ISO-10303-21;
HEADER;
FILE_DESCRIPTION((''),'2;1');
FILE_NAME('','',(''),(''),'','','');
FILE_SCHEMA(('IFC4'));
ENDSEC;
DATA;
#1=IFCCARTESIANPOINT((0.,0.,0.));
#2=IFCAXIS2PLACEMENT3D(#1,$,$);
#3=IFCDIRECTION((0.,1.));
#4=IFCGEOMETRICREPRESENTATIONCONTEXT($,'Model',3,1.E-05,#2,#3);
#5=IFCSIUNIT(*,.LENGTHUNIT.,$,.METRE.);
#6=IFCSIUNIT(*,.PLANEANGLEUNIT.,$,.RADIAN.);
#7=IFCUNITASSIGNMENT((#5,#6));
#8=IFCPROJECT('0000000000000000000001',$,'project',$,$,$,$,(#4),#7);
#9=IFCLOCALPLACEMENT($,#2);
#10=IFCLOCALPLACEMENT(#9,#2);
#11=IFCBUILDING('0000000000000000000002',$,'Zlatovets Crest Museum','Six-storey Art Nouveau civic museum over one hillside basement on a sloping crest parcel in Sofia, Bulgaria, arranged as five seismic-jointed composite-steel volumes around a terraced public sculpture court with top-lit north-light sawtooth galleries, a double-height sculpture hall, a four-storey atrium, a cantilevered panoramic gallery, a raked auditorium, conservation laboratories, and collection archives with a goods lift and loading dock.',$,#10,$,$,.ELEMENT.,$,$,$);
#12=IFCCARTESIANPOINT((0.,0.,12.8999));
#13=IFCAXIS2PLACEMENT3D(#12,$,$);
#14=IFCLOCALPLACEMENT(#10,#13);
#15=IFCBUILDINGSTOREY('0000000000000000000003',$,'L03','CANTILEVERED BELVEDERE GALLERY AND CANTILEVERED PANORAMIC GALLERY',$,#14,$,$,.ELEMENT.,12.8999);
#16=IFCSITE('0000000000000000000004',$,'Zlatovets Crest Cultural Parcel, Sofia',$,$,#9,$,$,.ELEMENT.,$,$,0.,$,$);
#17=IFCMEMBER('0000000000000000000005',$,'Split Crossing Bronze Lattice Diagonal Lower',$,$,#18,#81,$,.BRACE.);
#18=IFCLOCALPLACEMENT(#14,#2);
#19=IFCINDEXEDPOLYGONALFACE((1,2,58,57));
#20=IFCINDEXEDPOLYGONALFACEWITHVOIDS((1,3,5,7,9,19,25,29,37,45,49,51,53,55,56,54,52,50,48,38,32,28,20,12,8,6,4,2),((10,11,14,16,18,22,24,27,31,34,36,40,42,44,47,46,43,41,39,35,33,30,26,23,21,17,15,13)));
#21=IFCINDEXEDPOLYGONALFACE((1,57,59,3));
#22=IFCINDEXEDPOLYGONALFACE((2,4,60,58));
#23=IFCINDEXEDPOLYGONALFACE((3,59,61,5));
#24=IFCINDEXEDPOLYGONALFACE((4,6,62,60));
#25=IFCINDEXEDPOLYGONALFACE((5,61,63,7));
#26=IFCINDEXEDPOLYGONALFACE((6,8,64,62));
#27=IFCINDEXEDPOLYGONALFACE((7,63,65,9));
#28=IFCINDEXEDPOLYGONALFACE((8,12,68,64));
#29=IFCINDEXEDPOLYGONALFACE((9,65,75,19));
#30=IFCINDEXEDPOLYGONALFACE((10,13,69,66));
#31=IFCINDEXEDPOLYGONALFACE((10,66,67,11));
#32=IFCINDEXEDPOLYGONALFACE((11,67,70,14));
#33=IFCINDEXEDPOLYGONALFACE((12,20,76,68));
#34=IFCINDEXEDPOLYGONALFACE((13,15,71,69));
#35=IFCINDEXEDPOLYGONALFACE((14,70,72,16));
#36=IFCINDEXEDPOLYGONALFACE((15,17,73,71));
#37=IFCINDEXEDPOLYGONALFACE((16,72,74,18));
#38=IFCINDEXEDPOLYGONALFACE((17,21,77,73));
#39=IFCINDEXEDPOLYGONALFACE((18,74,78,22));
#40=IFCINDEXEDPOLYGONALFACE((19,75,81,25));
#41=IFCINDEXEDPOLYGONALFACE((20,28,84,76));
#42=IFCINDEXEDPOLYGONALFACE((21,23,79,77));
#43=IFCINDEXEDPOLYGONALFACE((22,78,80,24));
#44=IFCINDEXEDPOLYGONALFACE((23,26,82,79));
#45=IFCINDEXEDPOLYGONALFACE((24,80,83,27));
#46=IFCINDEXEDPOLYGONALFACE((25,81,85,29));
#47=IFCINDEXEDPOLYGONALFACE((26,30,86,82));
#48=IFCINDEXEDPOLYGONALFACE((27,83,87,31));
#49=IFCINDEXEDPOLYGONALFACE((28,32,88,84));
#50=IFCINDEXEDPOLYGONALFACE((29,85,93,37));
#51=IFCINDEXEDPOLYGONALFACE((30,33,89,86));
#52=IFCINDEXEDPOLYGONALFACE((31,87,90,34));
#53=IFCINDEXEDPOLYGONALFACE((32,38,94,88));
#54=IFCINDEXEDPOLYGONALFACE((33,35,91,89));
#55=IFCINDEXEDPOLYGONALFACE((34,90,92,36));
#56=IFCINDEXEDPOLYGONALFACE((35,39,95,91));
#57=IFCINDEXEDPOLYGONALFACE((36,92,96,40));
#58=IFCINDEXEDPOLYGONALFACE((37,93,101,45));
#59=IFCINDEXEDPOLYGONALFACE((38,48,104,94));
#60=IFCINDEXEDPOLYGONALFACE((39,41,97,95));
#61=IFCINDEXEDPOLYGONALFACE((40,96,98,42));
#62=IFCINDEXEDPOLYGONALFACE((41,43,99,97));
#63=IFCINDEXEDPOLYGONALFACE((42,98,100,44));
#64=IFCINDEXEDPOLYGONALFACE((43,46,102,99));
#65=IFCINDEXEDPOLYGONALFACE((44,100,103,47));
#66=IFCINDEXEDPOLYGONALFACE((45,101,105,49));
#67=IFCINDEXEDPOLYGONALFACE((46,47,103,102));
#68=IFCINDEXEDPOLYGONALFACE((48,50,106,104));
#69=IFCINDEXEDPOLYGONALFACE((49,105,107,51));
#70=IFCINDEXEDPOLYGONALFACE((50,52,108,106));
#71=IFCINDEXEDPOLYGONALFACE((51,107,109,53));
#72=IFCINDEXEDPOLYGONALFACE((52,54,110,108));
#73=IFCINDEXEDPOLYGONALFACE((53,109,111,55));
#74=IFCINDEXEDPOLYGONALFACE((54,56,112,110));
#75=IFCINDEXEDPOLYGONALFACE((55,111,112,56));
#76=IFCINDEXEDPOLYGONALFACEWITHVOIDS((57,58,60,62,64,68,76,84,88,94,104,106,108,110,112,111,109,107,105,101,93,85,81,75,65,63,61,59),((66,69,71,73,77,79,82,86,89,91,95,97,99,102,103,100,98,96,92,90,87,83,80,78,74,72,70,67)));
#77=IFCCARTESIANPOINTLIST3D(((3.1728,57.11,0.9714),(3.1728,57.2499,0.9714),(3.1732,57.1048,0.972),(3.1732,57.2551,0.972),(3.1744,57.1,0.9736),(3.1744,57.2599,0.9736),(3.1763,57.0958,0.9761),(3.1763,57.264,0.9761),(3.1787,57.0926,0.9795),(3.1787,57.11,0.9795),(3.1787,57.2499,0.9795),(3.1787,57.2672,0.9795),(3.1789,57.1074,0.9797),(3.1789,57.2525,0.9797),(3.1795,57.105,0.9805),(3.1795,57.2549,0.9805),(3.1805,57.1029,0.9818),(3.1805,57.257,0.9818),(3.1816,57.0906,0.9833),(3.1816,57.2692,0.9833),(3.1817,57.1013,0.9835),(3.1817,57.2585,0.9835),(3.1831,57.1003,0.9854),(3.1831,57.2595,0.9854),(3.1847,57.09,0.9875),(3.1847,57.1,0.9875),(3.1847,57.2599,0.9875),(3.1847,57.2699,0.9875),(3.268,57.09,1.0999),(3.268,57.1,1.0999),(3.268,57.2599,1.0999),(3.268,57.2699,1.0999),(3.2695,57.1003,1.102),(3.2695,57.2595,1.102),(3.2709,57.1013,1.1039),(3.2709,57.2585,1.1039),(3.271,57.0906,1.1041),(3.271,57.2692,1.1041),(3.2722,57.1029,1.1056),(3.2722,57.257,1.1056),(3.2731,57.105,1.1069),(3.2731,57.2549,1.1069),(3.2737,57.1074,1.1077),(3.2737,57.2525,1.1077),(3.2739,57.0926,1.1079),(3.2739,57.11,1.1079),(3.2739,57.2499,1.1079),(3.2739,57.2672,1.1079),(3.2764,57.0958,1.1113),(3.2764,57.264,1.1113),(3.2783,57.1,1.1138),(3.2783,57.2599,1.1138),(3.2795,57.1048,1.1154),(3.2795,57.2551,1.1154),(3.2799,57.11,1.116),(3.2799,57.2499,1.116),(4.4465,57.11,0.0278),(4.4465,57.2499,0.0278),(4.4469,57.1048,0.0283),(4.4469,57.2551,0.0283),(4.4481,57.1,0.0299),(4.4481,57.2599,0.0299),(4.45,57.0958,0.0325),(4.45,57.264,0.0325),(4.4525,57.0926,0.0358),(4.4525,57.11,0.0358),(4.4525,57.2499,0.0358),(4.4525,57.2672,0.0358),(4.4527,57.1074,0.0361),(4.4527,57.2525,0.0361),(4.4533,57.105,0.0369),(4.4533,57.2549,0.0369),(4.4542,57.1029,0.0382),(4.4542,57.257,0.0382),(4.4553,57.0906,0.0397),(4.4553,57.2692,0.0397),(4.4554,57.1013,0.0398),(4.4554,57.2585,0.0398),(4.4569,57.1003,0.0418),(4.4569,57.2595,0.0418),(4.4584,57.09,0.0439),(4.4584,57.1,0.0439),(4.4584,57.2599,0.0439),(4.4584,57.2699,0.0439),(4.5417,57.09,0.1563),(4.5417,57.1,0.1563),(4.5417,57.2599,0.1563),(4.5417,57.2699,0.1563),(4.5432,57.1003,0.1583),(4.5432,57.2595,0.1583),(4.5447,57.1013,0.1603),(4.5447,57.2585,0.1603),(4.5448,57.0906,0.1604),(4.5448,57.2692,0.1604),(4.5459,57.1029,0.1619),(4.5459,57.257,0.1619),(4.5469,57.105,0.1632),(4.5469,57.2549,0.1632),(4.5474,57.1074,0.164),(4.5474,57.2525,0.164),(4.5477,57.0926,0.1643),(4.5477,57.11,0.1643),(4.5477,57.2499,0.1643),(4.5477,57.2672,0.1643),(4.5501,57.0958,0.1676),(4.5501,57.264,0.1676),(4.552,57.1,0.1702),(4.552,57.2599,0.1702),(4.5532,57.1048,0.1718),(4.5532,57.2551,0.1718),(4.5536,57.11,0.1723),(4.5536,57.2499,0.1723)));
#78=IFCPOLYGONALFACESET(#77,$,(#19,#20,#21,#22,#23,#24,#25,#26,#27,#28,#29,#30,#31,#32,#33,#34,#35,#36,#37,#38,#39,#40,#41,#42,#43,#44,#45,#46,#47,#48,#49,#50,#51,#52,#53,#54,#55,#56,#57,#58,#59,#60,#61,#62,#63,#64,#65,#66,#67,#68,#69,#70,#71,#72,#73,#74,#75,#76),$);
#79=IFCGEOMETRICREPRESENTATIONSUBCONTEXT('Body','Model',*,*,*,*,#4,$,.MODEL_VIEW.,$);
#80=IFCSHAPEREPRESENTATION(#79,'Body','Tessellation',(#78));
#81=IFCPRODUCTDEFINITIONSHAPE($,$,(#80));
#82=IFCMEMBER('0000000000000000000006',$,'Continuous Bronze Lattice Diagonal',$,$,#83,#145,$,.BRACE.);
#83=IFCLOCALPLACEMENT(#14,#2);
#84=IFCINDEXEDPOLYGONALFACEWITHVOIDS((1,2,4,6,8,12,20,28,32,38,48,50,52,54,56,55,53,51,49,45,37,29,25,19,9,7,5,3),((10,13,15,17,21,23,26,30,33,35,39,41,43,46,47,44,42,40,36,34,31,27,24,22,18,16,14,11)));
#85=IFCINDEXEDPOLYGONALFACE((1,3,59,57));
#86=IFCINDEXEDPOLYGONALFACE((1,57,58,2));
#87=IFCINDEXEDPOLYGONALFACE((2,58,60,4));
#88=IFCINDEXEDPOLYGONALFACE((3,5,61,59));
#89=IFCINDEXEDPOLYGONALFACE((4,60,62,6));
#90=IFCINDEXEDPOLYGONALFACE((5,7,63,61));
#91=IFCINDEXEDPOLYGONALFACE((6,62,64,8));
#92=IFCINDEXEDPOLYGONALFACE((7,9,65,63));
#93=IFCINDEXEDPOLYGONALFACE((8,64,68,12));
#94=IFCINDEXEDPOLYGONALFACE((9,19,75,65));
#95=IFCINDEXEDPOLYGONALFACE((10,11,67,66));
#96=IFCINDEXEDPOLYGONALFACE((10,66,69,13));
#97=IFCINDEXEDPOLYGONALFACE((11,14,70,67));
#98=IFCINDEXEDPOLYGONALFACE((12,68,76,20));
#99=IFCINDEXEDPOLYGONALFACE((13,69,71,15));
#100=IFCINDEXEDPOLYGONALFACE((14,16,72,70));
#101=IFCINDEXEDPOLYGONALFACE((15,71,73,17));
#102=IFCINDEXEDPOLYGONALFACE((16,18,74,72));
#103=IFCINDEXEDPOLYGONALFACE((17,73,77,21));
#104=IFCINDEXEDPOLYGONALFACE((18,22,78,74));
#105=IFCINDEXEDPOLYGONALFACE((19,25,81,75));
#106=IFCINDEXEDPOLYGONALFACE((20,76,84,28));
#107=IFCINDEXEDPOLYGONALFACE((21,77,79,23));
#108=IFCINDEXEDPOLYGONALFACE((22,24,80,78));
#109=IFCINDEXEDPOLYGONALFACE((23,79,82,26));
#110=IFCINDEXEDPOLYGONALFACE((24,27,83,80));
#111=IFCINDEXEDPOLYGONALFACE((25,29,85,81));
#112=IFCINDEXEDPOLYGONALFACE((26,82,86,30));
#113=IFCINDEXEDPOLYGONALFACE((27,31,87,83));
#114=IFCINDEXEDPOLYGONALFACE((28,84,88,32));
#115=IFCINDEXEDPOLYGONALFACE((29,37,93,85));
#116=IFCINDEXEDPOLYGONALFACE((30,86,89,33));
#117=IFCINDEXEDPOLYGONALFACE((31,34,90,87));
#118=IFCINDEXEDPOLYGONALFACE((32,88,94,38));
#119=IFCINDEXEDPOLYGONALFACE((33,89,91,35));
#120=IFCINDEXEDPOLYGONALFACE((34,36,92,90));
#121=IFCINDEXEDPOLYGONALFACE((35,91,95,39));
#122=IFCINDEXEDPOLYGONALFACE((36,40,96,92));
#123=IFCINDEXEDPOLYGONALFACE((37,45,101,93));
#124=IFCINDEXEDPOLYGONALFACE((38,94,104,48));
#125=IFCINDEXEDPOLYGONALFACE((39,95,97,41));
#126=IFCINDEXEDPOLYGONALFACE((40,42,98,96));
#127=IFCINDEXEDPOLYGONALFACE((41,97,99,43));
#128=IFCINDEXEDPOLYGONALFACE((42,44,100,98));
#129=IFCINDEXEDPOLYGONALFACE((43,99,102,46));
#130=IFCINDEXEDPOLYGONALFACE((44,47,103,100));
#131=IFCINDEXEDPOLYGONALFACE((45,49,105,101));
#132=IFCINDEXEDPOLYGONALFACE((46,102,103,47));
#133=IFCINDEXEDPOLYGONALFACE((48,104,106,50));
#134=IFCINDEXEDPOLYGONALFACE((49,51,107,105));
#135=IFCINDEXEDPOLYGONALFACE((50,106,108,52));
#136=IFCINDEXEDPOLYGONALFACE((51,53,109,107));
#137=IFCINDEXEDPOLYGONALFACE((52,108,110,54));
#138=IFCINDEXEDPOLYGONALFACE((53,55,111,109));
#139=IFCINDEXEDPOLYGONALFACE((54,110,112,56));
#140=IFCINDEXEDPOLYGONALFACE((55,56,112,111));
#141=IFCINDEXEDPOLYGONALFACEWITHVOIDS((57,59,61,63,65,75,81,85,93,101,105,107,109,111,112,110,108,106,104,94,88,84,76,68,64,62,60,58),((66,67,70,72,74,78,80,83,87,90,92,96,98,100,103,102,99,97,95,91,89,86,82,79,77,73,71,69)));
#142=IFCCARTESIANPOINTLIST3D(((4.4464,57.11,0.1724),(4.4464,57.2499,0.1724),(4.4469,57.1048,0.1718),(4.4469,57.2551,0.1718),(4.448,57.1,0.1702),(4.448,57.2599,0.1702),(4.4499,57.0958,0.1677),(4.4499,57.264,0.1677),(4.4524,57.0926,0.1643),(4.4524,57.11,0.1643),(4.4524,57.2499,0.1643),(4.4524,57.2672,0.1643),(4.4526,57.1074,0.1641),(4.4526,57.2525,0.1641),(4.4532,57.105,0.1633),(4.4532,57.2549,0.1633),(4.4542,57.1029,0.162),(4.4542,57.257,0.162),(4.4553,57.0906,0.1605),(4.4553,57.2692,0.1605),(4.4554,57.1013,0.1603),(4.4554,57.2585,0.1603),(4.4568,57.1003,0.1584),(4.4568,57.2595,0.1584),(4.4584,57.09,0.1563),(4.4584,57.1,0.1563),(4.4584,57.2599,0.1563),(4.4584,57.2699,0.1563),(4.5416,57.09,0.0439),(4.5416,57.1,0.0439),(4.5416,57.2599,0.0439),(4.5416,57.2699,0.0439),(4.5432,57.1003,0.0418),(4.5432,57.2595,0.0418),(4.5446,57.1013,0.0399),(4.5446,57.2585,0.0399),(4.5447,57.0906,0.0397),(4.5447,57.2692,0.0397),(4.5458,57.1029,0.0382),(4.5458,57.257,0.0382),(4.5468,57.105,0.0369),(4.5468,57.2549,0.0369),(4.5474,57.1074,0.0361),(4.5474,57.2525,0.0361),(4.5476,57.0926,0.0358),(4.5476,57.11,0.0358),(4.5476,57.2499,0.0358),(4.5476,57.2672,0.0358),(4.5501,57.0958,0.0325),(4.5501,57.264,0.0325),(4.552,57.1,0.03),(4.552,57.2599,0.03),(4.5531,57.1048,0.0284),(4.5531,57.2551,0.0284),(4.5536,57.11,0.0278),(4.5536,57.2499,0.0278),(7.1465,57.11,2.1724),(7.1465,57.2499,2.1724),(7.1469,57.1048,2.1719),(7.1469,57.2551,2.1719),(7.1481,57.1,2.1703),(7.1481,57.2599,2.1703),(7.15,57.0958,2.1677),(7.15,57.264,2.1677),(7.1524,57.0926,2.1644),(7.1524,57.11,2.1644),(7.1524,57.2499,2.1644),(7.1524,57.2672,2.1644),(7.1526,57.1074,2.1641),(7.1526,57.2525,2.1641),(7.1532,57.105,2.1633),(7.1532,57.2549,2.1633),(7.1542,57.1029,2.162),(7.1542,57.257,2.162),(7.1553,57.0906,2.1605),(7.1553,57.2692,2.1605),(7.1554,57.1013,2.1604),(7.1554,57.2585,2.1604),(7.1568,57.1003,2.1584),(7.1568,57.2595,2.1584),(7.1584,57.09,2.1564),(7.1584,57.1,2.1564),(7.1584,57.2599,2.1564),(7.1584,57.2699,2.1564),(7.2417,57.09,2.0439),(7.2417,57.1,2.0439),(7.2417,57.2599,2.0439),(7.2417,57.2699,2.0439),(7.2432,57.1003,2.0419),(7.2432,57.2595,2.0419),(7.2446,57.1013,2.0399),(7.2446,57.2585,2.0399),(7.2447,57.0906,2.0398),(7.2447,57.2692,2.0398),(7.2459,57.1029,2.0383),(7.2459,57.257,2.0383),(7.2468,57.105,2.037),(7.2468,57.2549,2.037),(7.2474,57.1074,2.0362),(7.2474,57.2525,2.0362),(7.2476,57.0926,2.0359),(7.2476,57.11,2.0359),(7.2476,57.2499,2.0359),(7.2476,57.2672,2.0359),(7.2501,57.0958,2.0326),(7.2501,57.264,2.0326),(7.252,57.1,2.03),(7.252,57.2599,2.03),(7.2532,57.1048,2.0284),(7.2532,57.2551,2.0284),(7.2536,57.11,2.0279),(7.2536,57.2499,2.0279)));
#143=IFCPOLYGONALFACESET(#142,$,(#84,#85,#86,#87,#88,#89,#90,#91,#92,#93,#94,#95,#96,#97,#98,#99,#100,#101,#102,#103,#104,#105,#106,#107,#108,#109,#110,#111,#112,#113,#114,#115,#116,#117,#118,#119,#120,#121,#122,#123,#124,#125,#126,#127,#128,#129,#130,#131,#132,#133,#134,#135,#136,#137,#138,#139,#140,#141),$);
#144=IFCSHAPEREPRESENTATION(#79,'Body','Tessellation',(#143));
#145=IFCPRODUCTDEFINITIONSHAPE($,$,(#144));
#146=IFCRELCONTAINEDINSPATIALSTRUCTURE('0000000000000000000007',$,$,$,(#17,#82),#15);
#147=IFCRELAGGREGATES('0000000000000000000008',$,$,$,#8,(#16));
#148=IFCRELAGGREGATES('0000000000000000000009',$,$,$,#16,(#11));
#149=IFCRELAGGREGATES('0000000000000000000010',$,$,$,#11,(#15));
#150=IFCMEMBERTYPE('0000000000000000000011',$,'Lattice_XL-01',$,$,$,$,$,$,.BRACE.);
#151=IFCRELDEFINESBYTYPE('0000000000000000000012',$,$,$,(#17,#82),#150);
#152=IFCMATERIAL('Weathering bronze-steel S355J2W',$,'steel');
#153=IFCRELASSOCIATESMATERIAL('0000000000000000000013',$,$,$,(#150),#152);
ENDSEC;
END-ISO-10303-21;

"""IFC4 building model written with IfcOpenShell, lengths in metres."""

from ifc_helpers import new_model, si_unit, direction, frame, origin, origin_2d, place, context, subcontext, project, spatial, hollow_rectangle, extrude, material, material_profile, profile_set, type_object, element, save


model = new_model("IFC4")

# Units and contexts
model_context = context("Model", 3, precision=1e-05, world=origin(), true_north=direction((0.0, 1.0)))
body_context = subcontext(model_context, "Body", "Model", "MODEL_VIEW")
ifc_project = project(units=[si_unit("LENGTHUNIT", "METRE"), si_unit("PLANEANGLEUNIT", "RADIAN")], contexts=[model_context])

# Site, building, storey
site_placement = place(None, origin())
site = spatial("IfcSite", under=ifc_project, at=site_placement, Name="Zlatovets Crest Cultural Parcel, Sofia", CompositionType="ELEMENT", RefElevation=0.0)
building_placement = place(site_placement, origin())
building = spatial("IfcBuilding", under=site, at=building_placement, Name="Zlatovets Crest Museum", Description="Six-storey Art Nouveau civic museum over one hillside basement on a sloping crest parcel in Sofia, Bulgaria, arranged as five seismic-jointed composite-steel volumes around a terraced public sculpture court with top-lit north-light sawtooth galleries, a double-height sculpture hall, a four-storey atrium, a cantilevered panoramic gallery, a raked auditorium, conservation laboratories, and collection archives with a goods lift and loading dock.", CompositionType="ELEMENT")
storey_placement = place(building_placement, frame((0.0, 0.0, 12.8999)))
storey = spatial("IfcBuildingStorey", under=building, at=storey_placement, Name="L03", Description="CANTILEVERED BELVEDERE GALLERY AND CANTILEVERED PANORAMIC GALLERY", CompositionType="ELEMENT", Elevation=12.8999)

# Members
ifc_material_1 = material(Name="Weathering bronze-steel S355J2W", Category="steel")
ifc_material_profile_1 = material_profile(ifc_material_1, hollow_rectangle(XDim=0.1799, YDim=0.1799, WallThickness=0.01, InnerFilletRadius=0.01, OuterFilletRadius=0.02, at=origin_2d()), Name="SHS 180x180x10.0")
ifc_profile_set_1 = profile_set([ifc_material_profile_1], Name="Weathering bronze-steel S355J2W")
member_type_1 = type_object("IfcMemberType", Name="Lattice_XL-01", PredefinedType="BRACE", material=ifc_profile_set_1)
member_1_placement = place(storey_placement, frame((3.2263, 57.1799, 1.0437), z_axis=(0.803516, 0.0, -0.595283), x_axis=(0.0, 1.0, 0.0)))
element("IfcMember", 1, at=member_1_placement, inside=storey, type_object=member_type_1, Name="Split Crossing Bronze Lattice Diagonal Lower", PredefinedType="BRACE", context=body_context, shape_type="SweptSolid", body=[
    extrude(hollow_rectangle(XDim=0.1799, YDim=0.1799, WallThickness=0.01, InnerFilletRadius=0.01, OuterFilletRadius=0.02, at=origin_2d()), origin(), (0.0, 0.0, 1.0), 1.5852),
])
member_2_placement = place(storey_placement, frame((4.5, 57.1799, 0.1001), z_axis=(0.803552, 0.0, 0.595235), x_axis=(0.0, 1.0, 0.0)))
element("IfcMember", 2, at=member_2_placement, inside=storey, type_object=member_type_1, Name="Continuous Bronze Lattice Diagonal", PredefinedType="BRACE", context=body_context, shape_type="SweptSolid", body=[
    extrude(hollow_rectangle(XDim=0.1799, YDim=0.1799, WallThickness=0.01, InnerFilletRadius=0.01, OuterFilletRadius=0.02, at=origin_2d()), origin(), (0.0, 0.0, 1.0), 3.3601),
])

save(model, "model.ifc")
